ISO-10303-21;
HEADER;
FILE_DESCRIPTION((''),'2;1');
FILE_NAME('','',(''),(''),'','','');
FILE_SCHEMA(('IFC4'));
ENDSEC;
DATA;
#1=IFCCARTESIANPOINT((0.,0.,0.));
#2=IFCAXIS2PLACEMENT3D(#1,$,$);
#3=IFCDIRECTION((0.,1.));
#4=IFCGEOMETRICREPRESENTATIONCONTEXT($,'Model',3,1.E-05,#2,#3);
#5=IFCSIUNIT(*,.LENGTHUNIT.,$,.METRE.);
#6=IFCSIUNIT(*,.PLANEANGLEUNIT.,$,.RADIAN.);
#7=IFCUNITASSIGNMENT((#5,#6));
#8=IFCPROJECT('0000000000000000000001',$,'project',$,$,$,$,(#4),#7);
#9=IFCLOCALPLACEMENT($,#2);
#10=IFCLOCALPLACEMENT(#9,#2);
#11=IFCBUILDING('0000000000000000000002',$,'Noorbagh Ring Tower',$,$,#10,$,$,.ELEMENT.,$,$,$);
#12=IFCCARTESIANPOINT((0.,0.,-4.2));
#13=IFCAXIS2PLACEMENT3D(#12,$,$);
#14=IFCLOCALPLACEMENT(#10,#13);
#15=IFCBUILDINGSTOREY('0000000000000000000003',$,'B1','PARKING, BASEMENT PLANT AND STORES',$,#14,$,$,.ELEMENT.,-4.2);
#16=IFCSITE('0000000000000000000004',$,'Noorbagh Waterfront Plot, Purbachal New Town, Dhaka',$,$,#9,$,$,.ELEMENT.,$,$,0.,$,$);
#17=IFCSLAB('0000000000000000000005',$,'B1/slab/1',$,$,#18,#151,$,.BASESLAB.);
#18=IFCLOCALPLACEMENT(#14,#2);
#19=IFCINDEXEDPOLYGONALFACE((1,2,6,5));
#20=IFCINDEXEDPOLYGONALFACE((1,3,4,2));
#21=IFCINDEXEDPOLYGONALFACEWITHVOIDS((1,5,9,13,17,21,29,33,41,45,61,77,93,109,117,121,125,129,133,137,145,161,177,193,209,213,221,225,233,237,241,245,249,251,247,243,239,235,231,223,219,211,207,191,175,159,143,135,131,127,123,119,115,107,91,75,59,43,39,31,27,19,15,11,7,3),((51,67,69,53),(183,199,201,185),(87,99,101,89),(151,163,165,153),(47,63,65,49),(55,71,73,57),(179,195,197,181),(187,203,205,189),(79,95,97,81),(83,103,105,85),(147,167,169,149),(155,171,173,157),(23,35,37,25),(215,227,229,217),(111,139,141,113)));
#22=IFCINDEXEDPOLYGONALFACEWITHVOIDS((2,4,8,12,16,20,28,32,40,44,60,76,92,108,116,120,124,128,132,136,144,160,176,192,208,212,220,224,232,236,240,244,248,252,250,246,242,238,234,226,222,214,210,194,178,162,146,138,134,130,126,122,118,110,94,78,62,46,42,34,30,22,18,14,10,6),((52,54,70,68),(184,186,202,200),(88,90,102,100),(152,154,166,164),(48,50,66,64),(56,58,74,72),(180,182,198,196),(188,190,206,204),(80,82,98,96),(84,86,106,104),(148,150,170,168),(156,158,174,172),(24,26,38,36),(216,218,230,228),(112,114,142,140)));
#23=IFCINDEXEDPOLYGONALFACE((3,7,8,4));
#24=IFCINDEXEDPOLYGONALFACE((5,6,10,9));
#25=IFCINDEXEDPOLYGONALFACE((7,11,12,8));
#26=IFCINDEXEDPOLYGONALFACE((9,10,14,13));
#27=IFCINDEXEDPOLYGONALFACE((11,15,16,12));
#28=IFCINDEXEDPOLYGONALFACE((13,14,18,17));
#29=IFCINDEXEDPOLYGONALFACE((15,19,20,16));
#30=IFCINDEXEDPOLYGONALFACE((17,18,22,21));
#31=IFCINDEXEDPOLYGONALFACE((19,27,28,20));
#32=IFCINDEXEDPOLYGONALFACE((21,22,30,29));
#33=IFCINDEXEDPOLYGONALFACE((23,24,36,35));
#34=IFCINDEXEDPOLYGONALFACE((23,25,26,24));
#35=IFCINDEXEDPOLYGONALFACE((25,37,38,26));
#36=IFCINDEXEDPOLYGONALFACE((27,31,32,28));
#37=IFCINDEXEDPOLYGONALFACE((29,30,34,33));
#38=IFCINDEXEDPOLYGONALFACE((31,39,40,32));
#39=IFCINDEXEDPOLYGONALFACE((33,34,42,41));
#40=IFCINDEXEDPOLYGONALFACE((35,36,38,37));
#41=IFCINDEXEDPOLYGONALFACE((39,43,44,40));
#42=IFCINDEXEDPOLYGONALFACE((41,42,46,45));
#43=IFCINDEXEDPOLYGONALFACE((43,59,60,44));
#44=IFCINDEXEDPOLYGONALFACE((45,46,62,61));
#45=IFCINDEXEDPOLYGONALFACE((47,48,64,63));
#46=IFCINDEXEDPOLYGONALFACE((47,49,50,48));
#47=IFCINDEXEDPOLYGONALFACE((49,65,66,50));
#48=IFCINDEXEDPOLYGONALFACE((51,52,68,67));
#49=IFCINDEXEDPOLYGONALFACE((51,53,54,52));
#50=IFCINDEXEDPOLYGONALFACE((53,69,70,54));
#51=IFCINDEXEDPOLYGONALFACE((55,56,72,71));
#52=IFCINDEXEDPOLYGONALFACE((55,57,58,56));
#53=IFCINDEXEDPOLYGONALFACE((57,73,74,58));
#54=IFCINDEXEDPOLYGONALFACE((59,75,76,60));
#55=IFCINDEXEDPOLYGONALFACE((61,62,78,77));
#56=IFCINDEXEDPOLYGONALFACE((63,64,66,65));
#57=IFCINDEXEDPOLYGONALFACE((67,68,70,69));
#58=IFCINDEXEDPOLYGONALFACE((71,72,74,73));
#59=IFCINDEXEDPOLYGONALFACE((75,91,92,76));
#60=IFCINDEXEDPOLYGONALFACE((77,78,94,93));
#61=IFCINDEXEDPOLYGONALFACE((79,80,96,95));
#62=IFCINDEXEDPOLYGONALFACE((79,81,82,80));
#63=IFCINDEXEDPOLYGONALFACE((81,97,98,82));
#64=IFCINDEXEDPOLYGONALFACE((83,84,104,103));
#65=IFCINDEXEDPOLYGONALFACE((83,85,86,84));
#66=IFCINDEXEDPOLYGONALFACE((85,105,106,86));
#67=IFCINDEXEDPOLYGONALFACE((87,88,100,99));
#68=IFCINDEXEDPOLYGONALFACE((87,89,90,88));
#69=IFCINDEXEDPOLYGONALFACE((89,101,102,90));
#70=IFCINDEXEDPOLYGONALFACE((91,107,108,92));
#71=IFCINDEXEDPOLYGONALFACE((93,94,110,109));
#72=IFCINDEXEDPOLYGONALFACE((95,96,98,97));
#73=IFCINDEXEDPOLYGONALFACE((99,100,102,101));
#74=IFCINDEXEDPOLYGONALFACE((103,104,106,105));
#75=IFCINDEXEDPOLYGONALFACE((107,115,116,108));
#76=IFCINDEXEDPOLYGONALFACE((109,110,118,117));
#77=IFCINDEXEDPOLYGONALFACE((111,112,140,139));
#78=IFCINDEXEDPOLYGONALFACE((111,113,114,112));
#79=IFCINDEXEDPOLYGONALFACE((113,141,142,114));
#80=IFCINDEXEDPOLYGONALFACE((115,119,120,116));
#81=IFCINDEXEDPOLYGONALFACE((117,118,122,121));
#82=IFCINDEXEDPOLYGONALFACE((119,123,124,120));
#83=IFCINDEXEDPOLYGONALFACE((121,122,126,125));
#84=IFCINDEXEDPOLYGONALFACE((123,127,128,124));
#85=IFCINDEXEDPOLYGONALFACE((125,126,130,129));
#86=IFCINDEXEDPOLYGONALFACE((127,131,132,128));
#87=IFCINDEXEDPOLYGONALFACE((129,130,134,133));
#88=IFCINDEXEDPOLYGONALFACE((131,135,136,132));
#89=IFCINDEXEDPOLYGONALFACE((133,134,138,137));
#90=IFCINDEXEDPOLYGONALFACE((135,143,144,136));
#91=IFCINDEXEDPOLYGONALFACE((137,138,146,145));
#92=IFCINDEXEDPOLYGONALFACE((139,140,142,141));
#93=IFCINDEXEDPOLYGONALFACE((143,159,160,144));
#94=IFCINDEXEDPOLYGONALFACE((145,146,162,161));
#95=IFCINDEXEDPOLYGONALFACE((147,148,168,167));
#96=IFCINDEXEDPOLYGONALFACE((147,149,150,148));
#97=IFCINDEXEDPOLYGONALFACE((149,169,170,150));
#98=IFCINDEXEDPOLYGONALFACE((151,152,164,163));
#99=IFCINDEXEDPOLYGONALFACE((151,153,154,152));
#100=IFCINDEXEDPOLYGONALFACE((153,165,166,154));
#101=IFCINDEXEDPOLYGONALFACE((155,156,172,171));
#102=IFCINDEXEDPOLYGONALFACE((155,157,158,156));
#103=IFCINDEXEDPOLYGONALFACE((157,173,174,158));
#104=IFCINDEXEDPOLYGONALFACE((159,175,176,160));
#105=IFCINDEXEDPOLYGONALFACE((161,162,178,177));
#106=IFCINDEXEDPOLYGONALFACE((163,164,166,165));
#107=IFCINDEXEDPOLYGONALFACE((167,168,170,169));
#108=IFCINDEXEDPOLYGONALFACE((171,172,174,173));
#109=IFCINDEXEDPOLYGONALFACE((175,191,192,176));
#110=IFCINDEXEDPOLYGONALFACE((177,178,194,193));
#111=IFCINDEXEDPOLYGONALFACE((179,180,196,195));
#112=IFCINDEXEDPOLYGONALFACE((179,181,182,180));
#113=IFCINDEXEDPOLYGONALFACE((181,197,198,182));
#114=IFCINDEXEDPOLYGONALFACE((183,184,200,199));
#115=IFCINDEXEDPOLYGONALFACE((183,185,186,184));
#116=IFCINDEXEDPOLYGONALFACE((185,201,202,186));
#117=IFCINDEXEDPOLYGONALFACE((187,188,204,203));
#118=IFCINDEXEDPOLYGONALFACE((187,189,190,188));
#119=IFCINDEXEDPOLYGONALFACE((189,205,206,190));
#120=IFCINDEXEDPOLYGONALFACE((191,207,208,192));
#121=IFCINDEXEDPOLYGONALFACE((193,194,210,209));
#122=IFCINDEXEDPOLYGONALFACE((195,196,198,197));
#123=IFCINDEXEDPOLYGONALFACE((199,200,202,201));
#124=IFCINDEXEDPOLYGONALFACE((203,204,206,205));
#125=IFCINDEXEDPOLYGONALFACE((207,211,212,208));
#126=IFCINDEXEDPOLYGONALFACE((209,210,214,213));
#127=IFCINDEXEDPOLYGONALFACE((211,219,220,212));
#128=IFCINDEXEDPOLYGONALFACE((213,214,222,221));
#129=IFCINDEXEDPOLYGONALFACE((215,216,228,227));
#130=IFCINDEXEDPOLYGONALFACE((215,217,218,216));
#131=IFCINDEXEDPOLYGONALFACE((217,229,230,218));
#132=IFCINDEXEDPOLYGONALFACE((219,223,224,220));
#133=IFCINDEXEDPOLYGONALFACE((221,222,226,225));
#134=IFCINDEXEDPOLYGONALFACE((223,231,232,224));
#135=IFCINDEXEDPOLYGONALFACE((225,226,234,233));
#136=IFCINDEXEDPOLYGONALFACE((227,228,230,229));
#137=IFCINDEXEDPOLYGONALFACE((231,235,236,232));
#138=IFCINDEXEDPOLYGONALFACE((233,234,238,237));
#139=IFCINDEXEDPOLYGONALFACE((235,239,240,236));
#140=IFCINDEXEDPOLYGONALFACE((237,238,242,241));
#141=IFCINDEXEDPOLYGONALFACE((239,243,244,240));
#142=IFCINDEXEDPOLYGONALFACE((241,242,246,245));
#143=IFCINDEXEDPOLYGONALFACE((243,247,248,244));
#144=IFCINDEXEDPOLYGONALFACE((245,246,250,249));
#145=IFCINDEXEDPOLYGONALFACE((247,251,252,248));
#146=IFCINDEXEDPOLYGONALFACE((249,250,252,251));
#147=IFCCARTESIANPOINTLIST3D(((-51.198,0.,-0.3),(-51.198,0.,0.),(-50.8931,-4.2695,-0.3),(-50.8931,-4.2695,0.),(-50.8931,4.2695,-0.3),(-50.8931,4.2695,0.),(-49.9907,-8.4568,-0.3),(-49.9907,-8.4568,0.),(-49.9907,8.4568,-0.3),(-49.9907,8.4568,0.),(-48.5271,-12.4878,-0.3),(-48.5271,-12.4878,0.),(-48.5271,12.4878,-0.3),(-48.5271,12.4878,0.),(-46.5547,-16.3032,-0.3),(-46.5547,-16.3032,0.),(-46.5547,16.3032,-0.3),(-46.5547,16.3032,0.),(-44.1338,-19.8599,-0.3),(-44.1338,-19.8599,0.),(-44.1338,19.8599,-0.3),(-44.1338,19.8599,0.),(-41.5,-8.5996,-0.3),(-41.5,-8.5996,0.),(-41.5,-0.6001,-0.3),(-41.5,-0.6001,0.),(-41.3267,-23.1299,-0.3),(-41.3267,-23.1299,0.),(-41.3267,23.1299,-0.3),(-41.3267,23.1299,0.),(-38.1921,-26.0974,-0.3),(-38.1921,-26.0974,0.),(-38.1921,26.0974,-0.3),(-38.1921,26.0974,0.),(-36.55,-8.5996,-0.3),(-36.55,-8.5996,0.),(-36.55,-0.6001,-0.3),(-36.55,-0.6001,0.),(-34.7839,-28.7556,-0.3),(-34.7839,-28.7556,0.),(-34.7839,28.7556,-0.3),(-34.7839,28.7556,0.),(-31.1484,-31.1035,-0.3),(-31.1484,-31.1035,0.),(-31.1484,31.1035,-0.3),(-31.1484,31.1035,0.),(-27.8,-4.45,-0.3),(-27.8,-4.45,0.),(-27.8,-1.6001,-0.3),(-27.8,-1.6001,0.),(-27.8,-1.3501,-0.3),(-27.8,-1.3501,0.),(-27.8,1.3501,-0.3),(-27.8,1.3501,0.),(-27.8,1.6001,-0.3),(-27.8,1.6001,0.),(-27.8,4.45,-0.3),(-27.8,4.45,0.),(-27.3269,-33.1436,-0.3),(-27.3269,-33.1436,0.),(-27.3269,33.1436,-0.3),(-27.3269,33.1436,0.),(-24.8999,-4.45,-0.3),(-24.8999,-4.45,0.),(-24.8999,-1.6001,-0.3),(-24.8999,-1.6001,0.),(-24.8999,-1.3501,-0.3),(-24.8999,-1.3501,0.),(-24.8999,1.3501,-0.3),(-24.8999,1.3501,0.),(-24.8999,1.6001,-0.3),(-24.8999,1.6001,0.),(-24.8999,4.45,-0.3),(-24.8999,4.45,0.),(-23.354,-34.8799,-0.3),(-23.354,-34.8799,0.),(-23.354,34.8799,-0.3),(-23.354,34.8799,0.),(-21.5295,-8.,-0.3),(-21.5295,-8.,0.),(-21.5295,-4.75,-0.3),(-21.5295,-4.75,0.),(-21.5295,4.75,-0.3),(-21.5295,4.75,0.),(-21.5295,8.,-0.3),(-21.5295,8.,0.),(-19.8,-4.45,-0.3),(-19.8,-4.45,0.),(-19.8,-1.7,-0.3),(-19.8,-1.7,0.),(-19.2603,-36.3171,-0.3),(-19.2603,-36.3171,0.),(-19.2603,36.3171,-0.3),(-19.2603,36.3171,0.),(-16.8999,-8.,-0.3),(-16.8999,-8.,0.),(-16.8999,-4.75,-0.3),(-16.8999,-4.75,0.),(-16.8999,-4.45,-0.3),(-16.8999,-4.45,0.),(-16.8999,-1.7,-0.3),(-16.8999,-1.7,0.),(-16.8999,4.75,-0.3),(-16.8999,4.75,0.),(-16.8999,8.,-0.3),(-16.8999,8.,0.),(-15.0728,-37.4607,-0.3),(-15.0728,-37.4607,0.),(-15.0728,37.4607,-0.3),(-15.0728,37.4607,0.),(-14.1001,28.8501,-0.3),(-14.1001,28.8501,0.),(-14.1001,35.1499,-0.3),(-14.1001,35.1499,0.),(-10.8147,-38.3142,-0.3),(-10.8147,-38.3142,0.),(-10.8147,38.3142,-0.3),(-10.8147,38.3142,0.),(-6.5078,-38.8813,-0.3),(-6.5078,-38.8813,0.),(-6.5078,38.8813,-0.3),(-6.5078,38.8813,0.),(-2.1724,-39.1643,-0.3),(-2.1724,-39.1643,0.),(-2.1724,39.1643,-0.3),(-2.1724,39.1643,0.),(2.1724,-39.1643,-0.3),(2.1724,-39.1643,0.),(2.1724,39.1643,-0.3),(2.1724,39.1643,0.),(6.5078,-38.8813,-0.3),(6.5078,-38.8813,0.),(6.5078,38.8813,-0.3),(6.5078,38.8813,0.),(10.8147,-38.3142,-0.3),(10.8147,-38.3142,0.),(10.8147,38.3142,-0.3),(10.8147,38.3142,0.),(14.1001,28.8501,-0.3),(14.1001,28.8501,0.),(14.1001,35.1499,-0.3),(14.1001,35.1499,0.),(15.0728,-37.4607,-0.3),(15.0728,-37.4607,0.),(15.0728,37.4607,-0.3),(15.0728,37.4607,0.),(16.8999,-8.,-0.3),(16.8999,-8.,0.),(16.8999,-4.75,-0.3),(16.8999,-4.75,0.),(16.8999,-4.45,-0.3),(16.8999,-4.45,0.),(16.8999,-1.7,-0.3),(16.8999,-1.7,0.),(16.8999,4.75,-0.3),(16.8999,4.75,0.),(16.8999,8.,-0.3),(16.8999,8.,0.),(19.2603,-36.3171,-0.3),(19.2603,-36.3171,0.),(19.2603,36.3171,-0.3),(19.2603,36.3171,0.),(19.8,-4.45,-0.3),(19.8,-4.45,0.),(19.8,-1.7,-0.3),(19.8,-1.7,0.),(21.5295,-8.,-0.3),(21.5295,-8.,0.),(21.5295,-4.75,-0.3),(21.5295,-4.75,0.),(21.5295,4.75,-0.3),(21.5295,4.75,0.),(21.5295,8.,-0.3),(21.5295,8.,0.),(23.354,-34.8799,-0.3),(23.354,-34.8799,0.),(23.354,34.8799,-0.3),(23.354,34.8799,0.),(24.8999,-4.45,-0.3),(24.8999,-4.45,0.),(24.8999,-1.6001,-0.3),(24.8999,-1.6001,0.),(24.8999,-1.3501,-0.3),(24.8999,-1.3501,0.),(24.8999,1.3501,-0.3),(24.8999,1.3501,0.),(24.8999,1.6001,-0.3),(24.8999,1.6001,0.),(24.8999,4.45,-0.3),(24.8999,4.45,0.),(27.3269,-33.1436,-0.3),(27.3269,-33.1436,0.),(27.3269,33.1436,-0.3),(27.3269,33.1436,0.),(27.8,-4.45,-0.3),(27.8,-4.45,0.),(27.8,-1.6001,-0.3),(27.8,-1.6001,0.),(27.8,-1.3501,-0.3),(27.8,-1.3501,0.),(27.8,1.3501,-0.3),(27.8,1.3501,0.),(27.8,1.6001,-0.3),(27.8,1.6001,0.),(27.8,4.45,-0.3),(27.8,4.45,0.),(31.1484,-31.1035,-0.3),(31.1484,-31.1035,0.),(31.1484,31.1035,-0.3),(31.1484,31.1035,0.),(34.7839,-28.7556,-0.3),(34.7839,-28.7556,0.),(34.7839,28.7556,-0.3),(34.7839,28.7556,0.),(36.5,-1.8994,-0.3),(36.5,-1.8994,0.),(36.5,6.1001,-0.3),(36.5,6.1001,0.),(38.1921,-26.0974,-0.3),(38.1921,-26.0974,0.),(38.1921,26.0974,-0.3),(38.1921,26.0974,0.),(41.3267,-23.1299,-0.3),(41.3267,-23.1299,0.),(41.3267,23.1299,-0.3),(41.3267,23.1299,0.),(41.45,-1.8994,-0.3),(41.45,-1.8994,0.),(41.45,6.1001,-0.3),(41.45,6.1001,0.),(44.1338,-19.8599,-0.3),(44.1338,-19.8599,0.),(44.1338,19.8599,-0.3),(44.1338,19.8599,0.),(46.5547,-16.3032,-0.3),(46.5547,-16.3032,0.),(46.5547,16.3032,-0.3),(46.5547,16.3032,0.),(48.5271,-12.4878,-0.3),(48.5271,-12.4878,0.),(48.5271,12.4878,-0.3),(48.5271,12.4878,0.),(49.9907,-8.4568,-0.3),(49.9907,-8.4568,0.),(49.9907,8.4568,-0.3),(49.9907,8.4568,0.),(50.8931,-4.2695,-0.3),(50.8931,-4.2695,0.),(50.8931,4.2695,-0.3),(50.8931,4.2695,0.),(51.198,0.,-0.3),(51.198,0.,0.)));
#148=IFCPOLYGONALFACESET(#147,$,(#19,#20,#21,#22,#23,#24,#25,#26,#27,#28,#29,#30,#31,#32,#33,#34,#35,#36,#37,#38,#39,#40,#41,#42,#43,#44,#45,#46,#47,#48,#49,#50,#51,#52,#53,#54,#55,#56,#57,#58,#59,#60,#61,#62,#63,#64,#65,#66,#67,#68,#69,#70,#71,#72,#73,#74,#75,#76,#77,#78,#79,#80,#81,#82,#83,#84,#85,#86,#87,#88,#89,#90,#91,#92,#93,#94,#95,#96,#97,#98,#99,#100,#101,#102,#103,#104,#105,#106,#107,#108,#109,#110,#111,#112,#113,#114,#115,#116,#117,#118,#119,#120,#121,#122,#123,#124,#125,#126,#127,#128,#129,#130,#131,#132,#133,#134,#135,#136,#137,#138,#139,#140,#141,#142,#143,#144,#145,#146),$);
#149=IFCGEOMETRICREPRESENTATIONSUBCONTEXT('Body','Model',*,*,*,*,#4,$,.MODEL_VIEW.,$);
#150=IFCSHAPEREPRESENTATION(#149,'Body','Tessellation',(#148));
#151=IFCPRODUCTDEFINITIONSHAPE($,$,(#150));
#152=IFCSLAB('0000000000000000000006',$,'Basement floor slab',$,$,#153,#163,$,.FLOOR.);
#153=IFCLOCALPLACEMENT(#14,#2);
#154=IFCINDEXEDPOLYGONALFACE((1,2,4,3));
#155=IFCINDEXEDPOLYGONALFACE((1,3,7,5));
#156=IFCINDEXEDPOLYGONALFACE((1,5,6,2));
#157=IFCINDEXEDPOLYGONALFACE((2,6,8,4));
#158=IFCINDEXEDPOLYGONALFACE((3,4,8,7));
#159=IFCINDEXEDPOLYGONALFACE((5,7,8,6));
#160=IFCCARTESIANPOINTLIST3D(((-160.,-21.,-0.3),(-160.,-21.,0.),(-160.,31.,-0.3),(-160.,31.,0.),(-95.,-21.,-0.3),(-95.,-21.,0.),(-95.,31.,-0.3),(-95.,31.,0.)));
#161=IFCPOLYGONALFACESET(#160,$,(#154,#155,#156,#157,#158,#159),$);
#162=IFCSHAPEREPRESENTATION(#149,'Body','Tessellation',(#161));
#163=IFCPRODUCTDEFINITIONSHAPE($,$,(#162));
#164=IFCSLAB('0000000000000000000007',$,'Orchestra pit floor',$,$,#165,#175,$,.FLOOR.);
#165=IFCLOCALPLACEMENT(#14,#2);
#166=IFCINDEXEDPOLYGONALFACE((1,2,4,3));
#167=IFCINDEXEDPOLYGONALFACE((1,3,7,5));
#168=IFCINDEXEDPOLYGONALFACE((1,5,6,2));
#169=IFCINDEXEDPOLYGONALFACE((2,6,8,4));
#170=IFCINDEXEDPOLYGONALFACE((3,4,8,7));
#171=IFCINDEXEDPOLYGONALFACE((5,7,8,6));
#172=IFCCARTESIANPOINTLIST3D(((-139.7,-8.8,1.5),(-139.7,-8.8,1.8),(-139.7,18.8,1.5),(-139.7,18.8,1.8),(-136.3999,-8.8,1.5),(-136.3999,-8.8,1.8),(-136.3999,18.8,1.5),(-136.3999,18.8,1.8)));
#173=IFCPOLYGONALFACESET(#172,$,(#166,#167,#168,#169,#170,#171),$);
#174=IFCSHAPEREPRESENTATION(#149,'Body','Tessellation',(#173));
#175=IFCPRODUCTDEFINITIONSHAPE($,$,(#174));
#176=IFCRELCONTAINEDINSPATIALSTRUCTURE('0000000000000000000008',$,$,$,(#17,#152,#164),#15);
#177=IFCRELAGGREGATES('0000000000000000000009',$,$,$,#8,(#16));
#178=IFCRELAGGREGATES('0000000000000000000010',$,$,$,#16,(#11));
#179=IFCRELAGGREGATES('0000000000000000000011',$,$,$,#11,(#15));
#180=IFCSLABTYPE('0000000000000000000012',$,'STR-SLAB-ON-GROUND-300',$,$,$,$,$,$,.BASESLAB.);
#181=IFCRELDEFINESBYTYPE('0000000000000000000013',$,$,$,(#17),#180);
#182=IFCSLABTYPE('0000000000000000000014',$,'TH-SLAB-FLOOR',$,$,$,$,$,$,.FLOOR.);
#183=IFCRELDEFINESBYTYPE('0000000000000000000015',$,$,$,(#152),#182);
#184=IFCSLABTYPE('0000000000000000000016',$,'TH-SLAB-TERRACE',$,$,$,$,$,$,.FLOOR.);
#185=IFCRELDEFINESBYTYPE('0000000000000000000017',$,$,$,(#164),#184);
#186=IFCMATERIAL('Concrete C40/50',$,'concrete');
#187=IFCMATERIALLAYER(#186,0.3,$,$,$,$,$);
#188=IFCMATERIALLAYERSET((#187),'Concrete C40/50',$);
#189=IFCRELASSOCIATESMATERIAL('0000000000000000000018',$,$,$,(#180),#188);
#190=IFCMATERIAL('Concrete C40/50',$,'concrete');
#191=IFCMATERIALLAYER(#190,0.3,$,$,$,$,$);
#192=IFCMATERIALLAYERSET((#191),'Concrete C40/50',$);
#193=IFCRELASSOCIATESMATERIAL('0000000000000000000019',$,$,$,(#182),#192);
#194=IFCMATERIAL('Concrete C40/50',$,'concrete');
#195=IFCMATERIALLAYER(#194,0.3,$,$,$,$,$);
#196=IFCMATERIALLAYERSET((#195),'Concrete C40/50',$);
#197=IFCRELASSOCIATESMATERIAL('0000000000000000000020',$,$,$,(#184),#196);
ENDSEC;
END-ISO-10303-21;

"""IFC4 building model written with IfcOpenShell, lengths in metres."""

from ifc_helpers import new_model, si_unit, direction, frame, origin, place, context, subcontext, project, spatial, polyline, outline, extrude, material, layer, layer_set, type_object, element, save


model = new_model("IFC4")

# Units and contexts
model_context = context("Model", 3, precision=1e-05, world=origin(), true_north=direction((0.0, 1.0)))
body_context = subcontext(model_context, "Body", "Model", "MODEL_VIEW")
ifc_project = project(units=[si_unit("LENGTHUNIT", "METRE"), si_unit("PLANEANGLEUNIT", "RADIAN")], contexts=[model_context])

# Site, building, storey
site_placement = place(None, origin())
site = spatial("IfcSite", under=ifc_project, at=site_placement, Name="Noorbagh Waterfront Plot, Purbachal New Town, Dhaka", CompositionType="ELEMENT", RefElevation=0.0)
building_placement = place(site_placement, origin())
building = spatial("IfcBuilding", under=site, at=building_placement, Name="Noorbagh Ring Tower", CompositionType="ELEMENT")
storey_placement = place(building_placement, frame((0.0, 0.0, -4.2)))
storey = spatial("IfcBuildingStorey", under=building, at=storey_placement, Name="B1", Description="PARKING, BASEMENT PLANT AND STORES", CompositionType="ELEMENT", Elevation=-4.2)

# Slabs
ifc_material_1 = material(Name="Concrete C40/50", Category="concrete")
ifc_layer_1 = layer(ifc_material_1, 0.3)
ifc_layer_set_1 = layer_set([ifc_layer_1], Name="Concrete C40/50")
slab_type_1 = type_object("IfcSlabType", Name="STR-SLAB-ON-GROUND-300", PredefinedType="BASESLAB", material=ifc_layer_set_1)
slab_1_placement = place(storey_placement, frame((0.0, 0.0, -0.3)))
element("IfcSlab", 1, at=slab_1_placement, inside=storey, type_object=slab_type_1, Name="B1/slab/1", PredefinedType="BASESLAB", context=body_context, shape_type="SweptSolid", body=[
    extrude(outline(polyline([(51.198, 0.0), (50.8931, 4.2695), (49.9907, 8.4568), (48.5271, 12.4878), (46.5547, 16.3032), (44.1338, 19.8599), (41.3267, 23.1299), (38.1921, 26.0974), (34.7839, 28.7556), (31.1484, 31.1035), (27.3269, 33.1436), (23.354, 34.8799), (19.2603, 36.3171), (15.0728, 37.4607), (10.8147, 38.3142), (6.5078, 38.8813), (2.1724, 39.1643), (-2.1724, 39.1643), (-6.5078, 38.8813), (-10.8147, 38.3142), (-15.0728, 37.4607), (-19.2603, 36.3171), (-23.354, 34.8799), (-27.3269, 33.1436), (-31.1484, 31.1035), (-34.7839, 28.7556), (-38.1921, 26.0974), (-41.3267, 23.1299), (-44.1338, 19.8599), (-46.5547, 16.3032), (-48.5271, 12.4878), (-49.9907, 8.4568), (-50.8931, 4.2695), (-51.198, 0.0), (-50.8931, -4.2695), (-49.9907, -8.4568), (-48.5271, -12.4878), (-46.5547, -16.3032), (-44.1338, -19.8599), (-41.3267, -23.1299), (-38.1921, -26.0974), (-34.7839, -28.7556), (-31.1484, -31.1035), (-27.3269, -33.1436), (-23.354, -34.8799), (-19.2603, -36.3171), (-15.0728, -37.4607), (-10.8147, -38.3142), (-6.5078, -38.8813), (-2.1724, -39.1643), (2.1724, -39.1643), (6.5078, -38.8813), (10.8147, -38.3142), (15.0728, -37.4607), (19.2603, -36.3171), (23.354, -34.8799), (27.3269, -33.1436), (31.1484, -31.1035), (34.7839, -28.7556), (38.1921, -26.0974), (41.3267, -23.1299), (44.1338, -19.8599), (46.5547, -16.3032), (48.5271, -12.4878), (49.9907, -8.4568), (50.8931, -4.2695), (51.198, 0.0)]), holes=[polyline([(36.5, -1.8994), (36.5, 6.1001), (41.45, 6.1001), (41.45, -1.8994), (36.5, -1.8994)]), polyline([(24.8999, -1.6001), (27.8, -1.6001), (27.8, -4.45), (24.8999, -4.45), (24.8999, -1.6001)]), polyline([(24.8999, 1.3501), (27.8, 1.3501), (27.8, -1.3501), (24.8999, -1.3501), (24.8999, 1.3501)]), polyline([(24.8999, 4.45), (27.8, 4.45), (27.8, 1.6001), (24.8999, 1.6001), (24.8999, 4.45)]), polyline([(21.5295, -8.0), (16.8999, -8.0), (16.8999, -4.75), (21.5295, -4.75), (21.5295, -8.0)]), polyline([(21.5295, 4.75), (16.8999, 4.75), (16.8999, 8.0), (21.5295, 8.0), (21.5295, 4.75)]), polyline([(16.8999, -1.7), (19.8, -1.7), (19.8, -4.45), (16.8999, -4.45), (16.8999, -1.7)]), polyline([(-14.1001, 35.1499), (14.1001, 35.1499), (14.1001, 28.8501), (-14.1001, 28.8501), (-14.1001, 35.1499)]), polyline([(-21.5295, -8.0), (-21.5295, -4.75), (-16.8999, -4.75), (-16.8999, -8.0), (-21.5295, -8.0)]), polyline([(-21.5295, 8.0), (-16.8999, 8.0), (-16.8999, 4.75), (-21.5295, 4.75), (-21.5295, 8.0)]), polyline([(-16.8999, -4.45), (-19.8, -4.45), (-19.8, -1.7), (-16.8999, -1.7), (-16.8999, -4.45)]), polyline([(-24.8999, -4.45), (-27.8, -4.45), (-27.8, -1.6001), (-24.8999, -1.6001), (-24.8999, -4.45)]), polyline([(-24.8999, -1.3501), (-27.8, -1.3501), (-27.8, 1.3501), (-24.8999, 1.3501), (-24.8999, -1.3501)]), polyline([(-24.8999, 1.6001), (-27.8, 1.6001), (-27.8, 4.45), (-24.8999, 4.45), (-24.8999, 1.6001)]), polyline([(-41.5, -8.5996), (-41.5, -0.6001), (-36.55, -0.6001), (-36.55, -8.5996), (-41.5, -8.5996)])]), origin(), (0.0, 0.0, 1.0), 0.3),
])
ifc_material_2 = material(Name="Concrete C40/50", Category="concrete")
ifc_layer_2 = layer(ifc_material_2, 0.3)
ifc_layer_set_2 = layer_set([ifc_layer_2], Name="Concrete C40/50")
slab_type_2 = type_object("IfcSlabType", Name="TH-SLAB-FLOOR", PredefinedType="FLOOR", material=ifc_layer_set_2)
slab_2_placement = place(storey_placement, frame((0.0, 0.0, -0.3)))
element("IfcSlab", 2, at=slab_2_placement, inside=storey, type_object=slab_type_2, Name="Basement floor slab", PredefinedType="FLOOR", context=body_context, shape_type="SweptSolid", body=[
    extrude(outline(polyline([(-160.0, -21.0), (-95.0, -21.0), (-95.0, 31.0), (-160.0, 31.0), (-160.0, -21.0)])), origin(), (0.0, 0.0, 1.0), 0.3),
])
ifc_material_3 = material(Name="Concrete C40/50", Category="concrete")
ifc_layer_3 = layer(ifc_material_3, 0.3)
ifc_layer_set_3 = layer_set([ifc_layer_3], Name="Concrete C40/50")
slab_type_3 = type_object("IfcSlabType", Name="TH-SLAB-TERRACE", PredefinedType="FLOOR", material=ifc_layer_set_3)
slab_3_placement = place(storey_placement, frame((0.0, 0.0, 1.5)))
element("IfcSlab", 3, at=slab_3_placement, inside=storey, type_object=slab_type_3, Name="Orchestra pit floor", PredefinedType="FLOOR", context=body_context, shape_type="SweptSolid", body=[
    extrude(outline(polyline([(-139.7, -8.8), (-136.3999, -8.8), (-136.3999, 18.8), (-139.7, 18.8), (-139.7, -8.8)])), origin(), (0.0, 0.0, 1.0), 0.3),
])

save(model, "model.ifc")
